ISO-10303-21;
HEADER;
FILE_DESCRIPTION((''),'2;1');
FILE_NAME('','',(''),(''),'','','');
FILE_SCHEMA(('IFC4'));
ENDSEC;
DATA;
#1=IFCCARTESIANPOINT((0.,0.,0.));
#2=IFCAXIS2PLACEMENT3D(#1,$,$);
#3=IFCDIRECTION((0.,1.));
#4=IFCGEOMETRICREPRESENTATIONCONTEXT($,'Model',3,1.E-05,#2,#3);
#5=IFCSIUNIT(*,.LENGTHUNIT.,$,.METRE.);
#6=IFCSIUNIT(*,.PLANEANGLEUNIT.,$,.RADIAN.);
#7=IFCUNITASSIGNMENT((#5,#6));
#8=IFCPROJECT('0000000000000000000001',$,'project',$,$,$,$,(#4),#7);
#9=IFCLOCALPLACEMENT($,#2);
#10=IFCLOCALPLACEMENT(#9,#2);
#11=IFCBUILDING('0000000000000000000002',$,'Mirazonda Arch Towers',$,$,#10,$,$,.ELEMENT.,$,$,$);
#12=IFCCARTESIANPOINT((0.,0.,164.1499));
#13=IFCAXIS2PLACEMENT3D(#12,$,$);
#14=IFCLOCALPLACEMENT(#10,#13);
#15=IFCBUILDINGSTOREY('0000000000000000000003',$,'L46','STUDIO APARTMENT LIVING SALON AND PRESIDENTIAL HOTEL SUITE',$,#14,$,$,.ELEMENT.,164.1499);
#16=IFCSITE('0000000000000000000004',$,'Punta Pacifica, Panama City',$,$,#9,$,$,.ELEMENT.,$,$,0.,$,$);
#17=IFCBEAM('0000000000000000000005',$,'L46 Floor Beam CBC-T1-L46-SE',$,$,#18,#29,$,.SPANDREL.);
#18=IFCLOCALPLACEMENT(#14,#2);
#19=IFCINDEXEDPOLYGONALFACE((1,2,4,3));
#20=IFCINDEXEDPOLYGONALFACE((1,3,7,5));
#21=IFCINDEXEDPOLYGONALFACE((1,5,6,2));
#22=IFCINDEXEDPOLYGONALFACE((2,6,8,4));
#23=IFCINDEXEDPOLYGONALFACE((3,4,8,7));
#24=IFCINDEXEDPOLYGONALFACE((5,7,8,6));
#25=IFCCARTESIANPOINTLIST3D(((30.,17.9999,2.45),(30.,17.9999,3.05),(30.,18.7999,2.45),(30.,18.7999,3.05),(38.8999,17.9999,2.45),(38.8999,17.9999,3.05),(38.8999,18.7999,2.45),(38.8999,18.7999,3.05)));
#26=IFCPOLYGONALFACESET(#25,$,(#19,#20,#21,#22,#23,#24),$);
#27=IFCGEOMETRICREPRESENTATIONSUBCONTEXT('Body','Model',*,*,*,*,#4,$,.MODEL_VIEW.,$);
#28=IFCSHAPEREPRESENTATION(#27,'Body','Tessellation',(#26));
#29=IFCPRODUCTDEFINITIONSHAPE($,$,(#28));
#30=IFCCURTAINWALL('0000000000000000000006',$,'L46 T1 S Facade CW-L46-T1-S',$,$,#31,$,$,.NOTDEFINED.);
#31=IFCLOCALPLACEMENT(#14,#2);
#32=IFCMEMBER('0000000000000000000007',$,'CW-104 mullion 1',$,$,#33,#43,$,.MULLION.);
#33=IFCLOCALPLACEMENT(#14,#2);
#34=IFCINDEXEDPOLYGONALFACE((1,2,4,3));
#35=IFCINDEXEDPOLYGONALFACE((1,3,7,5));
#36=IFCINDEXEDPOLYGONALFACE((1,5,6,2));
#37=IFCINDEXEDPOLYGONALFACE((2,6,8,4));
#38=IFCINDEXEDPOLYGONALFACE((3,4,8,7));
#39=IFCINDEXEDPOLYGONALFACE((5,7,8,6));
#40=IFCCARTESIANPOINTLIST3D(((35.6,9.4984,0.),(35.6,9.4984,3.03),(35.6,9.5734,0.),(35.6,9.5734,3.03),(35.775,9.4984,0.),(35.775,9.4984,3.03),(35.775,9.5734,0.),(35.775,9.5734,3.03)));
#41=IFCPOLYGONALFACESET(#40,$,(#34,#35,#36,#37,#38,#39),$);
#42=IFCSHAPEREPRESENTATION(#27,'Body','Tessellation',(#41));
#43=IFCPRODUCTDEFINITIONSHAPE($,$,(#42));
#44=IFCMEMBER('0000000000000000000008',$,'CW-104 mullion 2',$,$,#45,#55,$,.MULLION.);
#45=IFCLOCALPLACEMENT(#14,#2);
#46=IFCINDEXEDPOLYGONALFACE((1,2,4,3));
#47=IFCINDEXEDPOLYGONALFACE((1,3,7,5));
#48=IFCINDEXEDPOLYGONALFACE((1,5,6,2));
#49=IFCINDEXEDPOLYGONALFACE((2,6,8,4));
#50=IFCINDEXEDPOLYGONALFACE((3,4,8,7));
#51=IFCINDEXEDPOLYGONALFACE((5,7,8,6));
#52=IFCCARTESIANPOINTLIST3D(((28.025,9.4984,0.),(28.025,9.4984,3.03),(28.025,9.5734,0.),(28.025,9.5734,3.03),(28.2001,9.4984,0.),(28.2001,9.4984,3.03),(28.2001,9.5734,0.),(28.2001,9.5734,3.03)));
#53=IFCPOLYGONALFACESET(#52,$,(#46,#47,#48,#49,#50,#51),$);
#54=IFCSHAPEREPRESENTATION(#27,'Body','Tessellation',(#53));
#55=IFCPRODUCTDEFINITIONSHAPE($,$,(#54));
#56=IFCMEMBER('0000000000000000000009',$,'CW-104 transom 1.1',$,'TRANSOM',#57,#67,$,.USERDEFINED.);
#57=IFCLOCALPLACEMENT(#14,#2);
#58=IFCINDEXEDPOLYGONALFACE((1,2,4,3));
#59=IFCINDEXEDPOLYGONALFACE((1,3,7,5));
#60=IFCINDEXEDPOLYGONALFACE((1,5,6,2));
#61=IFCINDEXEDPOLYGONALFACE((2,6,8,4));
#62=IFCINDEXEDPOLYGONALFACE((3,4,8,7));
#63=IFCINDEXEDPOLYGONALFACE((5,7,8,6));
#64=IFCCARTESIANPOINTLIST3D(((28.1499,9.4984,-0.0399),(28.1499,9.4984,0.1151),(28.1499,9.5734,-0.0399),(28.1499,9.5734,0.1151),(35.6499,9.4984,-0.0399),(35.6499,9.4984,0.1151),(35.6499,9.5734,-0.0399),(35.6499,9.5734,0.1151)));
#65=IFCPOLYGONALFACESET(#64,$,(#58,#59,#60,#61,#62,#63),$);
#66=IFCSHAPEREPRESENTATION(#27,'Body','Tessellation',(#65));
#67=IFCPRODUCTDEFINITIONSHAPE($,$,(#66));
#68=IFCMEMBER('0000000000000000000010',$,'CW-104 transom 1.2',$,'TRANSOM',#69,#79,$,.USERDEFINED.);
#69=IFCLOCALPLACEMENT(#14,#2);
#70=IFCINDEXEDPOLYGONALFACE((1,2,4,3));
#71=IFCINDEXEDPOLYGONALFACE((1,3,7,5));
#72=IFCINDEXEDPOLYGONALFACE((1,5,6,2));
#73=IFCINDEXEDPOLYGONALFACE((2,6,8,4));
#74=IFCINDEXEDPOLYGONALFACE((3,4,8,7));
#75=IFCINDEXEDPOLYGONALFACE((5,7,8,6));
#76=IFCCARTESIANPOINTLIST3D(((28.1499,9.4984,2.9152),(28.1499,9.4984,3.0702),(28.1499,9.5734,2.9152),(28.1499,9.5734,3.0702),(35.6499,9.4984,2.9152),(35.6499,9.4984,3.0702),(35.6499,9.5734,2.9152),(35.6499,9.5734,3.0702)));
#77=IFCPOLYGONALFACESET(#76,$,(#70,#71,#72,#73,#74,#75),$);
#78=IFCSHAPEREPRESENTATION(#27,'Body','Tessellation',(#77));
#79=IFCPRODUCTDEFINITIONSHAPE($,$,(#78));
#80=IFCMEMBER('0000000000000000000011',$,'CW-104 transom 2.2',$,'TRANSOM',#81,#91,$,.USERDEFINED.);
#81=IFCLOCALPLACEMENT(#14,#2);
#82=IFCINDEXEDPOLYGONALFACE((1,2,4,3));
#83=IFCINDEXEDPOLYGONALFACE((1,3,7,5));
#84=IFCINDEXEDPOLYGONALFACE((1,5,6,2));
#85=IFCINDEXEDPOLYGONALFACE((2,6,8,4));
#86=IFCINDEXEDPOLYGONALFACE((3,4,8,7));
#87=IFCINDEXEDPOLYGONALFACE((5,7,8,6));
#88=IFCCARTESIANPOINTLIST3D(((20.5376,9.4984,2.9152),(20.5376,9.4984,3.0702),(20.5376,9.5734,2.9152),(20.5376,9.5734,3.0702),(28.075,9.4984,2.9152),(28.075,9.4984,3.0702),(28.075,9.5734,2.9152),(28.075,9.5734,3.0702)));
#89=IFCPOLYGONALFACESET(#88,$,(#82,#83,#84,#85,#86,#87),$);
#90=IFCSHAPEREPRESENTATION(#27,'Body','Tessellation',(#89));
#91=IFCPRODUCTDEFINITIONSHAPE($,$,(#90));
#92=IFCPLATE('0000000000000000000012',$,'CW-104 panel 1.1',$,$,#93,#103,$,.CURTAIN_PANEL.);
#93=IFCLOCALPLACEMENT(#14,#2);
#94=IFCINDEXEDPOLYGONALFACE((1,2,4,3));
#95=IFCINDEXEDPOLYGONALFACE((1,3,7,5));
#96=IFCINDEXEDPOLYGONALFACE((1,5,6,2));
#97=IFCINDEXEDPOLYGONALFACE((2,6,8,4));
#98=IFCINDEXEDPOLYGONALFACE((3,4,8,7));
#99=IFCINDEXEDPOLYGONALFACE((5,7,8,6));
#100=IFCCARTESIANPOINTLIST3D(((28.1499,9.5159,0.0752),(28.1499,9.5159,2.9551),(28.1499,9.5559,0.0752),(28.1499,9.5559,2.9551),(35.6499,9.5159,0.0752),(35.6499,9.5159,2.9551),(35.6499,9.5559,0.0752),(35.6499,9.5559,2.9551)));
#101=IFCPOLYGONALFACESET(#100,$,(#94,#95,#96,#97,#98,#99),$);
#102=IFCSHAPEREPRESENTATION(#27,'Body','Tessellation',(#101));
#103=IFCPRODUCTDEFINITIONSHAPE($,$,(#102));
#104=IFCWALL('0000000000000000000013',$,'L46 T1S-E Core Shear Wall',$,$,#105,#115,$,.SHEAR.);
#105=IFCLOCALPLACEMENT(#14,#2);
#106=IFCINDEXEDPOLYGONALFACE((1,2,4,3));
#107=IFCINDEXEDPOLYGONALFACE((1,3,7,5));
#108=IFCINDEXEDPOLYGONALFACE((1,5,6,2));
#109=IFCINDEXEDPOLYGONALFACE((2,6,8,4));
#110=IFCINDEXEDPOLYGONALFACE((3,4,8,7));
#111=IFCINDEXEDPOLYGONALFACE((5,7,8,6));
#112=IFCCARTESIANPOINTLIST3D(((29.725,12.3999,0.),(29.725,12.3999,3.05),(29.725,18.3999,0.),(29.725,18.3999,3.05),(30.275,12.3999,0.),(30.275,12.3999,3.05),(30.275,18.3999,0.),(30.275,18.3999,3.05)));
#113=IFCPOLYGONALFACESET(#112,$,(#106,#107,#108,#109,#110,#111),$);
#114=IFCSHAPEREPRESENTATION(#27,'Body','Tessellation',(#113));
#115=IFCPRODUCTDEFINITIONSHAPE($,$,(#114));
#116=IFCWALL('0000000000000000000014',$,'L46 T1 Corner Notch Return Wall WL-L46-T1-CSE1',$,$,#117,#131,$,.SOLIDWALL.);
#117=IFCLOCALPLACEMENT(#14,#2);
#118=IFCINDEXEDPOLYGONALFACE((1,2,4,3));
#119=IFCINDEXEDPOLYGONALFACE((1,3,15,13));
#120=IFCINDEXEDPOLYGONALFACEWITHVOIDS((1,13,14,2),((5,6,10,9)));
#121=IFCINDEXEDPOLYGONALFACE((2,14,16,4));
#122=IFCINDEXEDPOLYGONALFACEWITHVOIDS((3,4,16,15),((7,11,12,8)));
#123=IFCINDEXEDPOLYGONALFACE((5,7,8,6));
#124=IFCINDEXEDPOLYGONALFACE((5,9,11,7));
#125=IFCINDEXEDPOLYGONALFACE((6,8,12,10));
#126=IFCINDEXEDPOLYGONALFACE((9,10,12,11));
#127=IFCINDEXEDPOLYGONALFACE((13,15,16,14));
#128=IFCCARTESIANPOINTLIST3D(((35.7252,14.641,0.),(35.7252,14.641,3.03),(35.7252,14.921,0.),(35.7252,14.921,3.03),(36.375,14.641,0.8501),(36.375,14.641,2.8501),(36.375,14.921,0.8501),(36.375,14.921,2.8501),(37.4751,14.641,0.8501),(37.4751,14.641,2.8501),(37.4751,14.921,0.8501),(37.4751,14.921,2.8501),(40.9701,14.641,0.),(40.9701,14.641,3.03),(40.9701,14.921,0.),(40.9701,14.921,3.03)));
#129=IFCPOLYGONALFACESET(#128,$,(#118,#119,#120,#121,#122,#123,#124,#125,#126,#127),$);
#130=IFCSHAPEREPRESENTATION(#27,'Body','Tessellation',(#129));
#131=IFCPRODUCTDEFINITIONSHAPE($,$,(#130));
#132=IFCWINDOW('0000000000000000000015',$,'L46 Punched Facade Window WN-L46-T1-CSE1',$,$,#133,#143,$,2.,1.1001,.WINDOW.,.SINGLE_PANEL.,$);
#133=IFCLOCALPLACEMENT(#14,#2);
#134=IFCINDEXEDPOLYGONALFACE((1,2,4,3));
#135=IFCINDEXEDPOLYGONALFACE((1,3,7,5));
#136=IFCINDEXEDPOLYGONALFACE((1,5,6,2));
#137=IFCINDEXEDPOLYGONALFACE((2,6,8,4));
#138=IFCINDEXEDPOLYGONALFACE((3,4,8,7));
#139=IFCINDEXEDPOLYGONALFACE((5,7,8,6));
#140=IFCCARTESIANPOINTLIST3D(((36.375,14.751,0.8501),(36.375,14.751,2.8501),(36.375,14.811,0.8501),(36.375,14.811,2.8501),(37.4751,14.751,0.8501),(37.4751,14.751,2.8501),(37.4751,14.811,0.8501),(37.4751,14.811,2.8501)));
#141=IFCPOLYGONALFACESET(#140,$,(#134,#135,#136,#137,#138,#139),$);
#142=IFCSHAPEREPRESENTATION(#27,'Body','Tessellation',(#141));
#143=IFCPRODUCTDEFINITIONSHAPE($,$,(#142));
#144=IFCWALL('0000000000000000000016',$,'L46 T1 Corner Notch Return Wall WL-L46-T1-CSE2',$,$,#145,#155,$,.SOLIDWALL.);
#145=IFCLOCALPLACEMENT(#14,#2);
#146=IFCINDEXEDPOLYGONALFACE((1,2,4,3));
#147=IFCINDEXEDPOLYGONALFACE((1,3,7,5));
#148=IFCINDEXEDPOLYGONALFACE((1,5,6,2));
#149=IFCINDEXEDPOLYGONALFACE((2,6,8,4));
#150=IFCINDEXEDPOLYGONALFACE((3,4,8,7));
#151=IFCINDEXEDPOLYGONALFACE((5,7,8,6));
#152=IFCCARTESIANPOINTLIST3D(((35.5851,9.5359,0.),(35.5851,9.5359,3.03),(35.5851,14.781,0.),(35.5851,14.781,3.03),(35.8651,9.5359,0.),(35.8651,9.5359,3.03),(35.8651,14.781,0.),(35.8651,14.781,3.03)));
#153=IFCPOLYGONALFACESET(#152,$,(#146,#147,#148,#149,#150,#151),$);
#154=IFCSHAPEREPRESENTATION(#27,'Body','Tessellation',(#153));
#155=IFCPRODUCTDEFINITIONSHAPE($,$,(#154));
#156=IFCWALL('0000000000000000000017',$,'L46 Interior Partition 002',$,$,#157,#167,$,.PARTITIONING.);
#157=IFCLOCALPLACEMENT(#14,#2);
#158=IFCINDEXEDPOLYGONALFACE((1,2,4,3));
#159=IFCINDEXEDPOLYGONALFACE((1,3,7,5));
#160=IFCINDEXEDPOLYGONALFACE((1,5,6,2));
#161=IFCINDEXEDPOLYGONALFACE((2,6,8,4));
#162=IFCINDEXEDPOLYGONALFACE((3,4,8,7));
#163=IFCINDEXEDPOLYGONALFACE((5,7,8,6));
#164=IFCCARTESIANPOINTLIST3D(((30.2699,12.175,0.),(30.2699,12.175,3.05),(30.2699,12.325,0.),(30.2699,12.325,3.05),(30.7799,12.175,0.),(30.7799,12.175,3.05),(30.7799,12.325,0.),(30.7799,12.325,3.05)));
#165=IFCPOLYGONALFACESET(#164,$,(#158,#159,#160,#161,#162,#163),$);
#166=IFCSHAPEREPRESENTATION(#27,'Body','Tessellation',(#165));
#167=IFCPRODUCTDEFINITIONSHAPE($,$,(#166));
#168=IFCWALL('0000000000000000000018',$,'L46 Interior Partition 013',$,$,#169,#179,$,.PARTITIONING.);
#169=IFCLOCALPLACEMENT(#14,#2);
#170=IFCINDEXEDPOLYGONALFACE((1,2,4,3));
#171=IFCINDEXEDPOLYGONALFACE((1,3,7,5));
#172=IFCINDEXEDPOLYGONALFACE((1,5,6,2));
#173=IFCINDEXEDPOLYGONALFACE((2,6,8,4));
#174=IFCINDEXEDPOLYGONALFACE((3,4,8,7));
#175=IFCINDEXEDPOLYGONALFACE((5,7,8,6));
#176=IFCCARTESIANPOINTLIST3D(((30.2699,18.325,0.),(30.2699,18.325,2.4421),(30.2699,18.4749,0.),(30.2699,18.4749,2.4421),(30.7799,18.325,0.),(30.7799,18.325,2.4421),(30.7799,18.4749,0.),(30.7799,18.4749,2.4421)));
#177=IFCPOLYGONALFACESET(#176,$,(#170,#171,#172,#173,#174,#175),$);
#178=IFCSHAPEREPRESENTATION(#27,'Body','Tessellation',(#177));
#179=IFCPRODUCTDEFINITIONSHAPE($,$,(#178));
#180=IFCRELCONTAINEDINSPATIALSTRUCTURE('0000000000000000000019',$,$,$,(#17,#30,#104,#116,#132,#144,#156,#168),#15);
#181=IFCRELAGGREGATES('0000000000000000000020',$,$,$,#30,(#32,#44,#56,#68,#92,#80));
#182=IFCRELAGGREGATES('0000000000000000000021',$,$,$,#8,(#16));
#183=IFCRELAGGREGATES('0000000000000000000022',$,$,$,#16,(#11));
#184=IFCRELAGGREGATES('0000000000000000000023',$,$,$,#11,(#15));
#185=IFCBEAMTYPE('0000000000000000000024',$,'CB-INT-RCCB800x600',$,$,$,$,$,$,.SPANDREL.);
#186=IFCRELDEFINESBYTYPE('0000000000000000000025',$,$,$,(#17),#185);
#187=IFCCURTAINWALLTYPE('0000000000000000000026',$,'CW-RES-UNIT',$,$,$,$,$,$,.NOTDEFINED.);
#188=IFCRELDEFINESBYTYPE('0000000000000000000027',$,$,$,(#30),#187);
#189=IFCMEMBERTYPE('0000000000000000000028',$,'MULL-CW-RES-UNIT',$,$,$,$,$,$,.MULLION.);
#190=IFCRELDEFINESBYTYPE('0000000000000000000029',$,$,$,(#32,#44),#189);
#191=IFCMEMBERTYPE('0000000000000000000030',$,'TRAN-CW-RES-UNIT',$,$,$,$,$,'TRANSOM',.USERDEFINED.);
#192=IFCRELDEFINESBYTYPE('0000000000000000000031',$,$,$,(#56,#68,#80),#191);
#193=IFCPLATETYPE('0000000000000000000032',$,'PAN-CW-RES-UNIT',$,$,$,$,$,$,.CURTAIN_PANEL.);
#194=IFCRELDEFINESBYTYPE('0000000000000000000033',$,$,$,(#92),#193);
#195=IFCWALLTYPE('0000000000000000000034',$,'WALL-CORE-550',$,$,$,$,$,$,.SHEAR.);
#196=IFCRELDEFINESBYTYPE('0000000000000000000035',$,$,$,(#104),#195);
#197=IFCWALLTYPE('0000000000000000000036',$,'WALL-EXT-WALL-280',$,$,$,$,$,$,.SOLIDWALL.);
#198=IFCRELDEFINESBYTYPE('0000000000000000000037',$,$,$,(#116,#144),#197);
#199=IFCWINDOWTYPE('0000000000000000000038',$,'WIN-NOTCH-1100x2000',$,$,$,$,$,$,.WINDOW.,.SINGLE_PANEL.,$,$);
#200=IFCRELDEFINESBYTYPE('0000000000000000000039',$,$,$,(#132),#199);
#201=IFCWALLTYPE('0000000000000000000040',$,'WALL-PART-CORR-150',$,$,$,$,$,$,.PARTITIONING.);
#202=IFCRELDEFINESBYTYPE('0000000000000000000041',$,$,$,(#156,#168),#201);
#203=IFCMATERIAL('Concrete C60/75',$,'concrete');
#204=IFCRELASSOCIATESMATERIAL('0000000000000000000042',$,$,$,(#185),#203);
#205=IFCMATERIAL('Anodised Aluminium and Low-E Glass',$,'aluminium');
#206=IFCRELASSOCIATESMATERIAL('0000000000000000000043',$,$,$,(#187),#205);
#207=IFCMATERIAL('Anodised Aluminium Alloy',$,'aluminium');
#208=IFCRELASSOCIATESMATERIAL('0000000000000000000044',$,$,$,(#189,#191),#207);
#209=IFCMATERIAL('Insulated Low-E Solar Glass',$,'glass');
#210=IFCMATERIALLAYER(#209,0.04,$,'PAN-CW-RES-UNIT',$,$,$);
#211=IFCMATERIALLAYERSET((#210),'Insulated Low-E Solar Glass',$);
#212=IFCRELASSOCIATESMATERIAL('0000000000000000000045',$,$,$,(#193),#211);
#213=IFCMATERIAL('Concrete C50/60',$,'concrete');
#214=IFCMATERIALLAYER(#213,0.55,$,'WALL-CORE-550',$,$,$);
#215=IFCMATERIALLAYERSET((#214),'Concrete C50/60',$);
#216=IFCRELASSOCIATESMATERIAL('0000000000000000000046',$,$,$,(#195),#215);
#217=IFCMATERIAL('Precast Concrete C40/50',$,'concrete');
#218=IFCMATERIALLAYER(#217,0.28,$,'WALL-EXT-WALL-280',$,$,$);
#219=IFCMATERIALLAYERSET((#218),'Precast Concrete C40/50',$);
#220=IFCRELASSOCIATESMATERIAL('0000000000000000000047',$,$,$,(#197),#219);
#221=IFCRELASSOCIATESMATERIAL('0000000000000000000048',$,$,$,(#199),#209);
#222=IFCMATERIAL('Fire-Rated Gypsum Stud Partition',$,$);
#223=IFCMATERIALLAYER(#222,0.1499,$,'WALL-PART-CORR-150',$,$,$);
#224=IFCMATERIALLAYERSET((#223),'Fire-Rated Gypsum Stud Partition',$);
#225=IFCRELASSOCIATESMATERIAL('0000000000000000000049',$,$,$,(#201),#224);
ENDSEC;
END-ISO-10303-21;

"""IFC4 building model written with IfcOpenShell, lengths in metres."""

from ifc_helpers import new_model, si_unit, direction, frame, frame_2d, origin, origin_2d, place, context, subcontext, project, spatial, rectangle, extrude, material, layer, layer_set, material_profile, profile_set, type_object, element, fill, aggregate, save


model = new_model("IFC4")

# Units and contexts
model_context = context("Model", 3, precision=1e-05, world=origin(), true_north=direction((0.0, 1.0)))
body_context = subcontext(model_context, "Body", "Model", "MODEL_VIEW")
ifc_project = project(units=[si_unit("LENGTHUNIT", "METRE"), si_unit("PLANEANGLEUNIT", "RADIAN")], contexts=[model_context])

# Site, building, storey
site_placement = place(None, origin())
site = spatial("IfcSite", under=ifc_project, at=site_placement, Name="Punta Pacifica, Panama City", CompositionType="ELEMENT", RefElevation=0.0)
building_placement = place(site_placement, origin())
building = spatial("IfcBuilding", under=site, at=building_placement, Name="Mirazonda Arch Towers", CompositionType="ELEMENT")
storey_placement = place(building_placement, frame((0.0, 0.0, 164.1499)))
storey = spatial("IfcBuildingStorey", under=building, at=storey_placement, Name="L46", Description="STUDIO APARTMENT LIVING SALON AND PRESIDENTIAL HOTEL SUITE", CompositionType="ELEMENT", Elevation=164.1499)

# Shared definitions
ifc_material_1 = material(Name="Concrete C50/60", Category="concrete")

# Beam
ifc_material_2 = material(Name="Concrete C60/75", Category="concrete")
ifc_material_profile_1 = material_profile(ifc_material_2, rectangle(XDim=0.8, YDim=0.6001, at=origin_2d()), Name="RCCB800x600")
ifc_profile_set_1 = profile_set([ifc_material_profile_1], Name="Concrete C60/75")
beam_type_1 = type_object("IfcBeamType", Name="CB-INT-RCCB800x600", PredefinedType="SPANDREL", material=ifc_profile_set_1)
beam_1_placement = place(storey_placement, frame((30.0, 18.3999, 2.75), z_axis=(1.0, 0.0, 0.0), x_axis=(0.0, 1.0, 0.0)))
element("IfcBeam", 1, at=beam_1_placement, inside=storey, type_object=beam_type_1, Name="L46 Floor Beam CBC-T1-L46-SE", PredefinedType="SPANDREL", context=body_context, shape_type="SweptSolid", body=[
    extrude(rectangle(XDim=0.8, YDim=0.6001, at=origin_2d()), origin(), (0.0, 0.0, 1.0), 8.8999),
])

# Curtain wall, members, plate
ifc_material_3 = material(Name="Anodised Aluminium and Low-E Glass", Category="aluminium")
curtain_wall_type = type_object("IfcCurtainWallType", Name="CW-RES-UNIT", PredefinedType="NOTDEFINED", material=ifc_material_3)
curtain_wall_placement = place(storey_placement, origin())
curtain_wall = element("IfcCurtainWall", 2, at=curtain_wall_placement, inside=storey, type_object=curtain_wall_type, Name="L46 T1 S Facade CW-L46-T1-S", PredefinedType="NOTDEFINED")
ifc_material_4 = material(Name="Anodised Aluminium Alloy", Category="aluminium")
ifc_material_profile_2 = material_profile(ifc_material_4, rectangle(XDim=0.075, YDim=0.175, at=origin_2d()), Name="ALU-MULL-75x175")
ifc_profile_set_2 = profile_set([ifc_material_profile_2], Name="Anodised Aluminium Alloy")
member_type_1 = type_object("IfcMemberType", Name="MULL-CW-RES-UNIT", PredefinedType="MULLION", material=ifc_profile_set_2)
member_1_placement = place(storey_placement, frame((35.6875, 9.5359, 0.0), z_axis=(0.0, 0.0, 1.0), x_axis=(0.0, -1.0, 0.0)))
member_1 = element("IfcMember", 3, at=member_1_placement, type_object=member_type_1, Name="CW-104 mullion 1", PredefinedType="MULLION", context=body_context, shape_type="SweptSolid", body=[
    extrude(rectangle(XDim=0.075, YDim=0.175, at=origin_2d()), origin(), (0.0, 0.0, 1.0), 3.03),
])
member_2_placement = place(storey_placement, frame((28.1125, 9.5359, 0.0), z_axis=(0.0, 0.0, 1.0), x_axis=(0.0, -1.0, 0.0)))
member_2 = element("IfcMember", 4, at=member_2_placement, type_object=member_type_1, Name="CW-104 mullion 2", PredefinedType="MULLION", context=body_context, shape_type="SweptSolid", body=[
    extrude(rectangle(XDim=0.075, YDim=0.175, at=origin_2d()), origin(), (0.0, 0.0, 1.0), 3.03),
])
ifc_material_profile_3 = material_profile(ifc_material_4, rectangle(XDim=0.075, YDim=0.155, at=origin_2d()), Name="ALU-TRAN-75x155")
ifc_profile_set_3 = profile_set([ifc_material_profile_3], Name="Anodised Aluminium Alloy")
member_type_2 = type_object("IfcMemberType", Name="TRAN-CW-RES-UNIT", ElementType="TRANSOM", PredefinedType="USERDEFINED", material=ifc_profile_set_3)
member_3_placement = place(storey_placement, frame((35.6499, 9.5359, 0.0376), z_axis=(-1.0, 0.0, 0.0), x_axis=(0.0, -1.0, 0.0)))
member_3 = element("IfcMember", 5, at=member_3_placement, type_object=member_type_2, Name="CW-104 transom 1.1", ObjectType="TRANSOM", PredefinedType="USERDEFINED", context=body_context, shape_type="SweptSolid", body=[
    extrude(rectangle(XDim=0.075, YDim=0.155, at=origin_2d()), origin(), (0.0, 0.0, 1.0), 7.5),
])
member_4_placement = place(storey_placement, frame((35.6499, 9.5359, 2.9927), z_axis=(-1.0, 0.0, 0.0), x_axis=(0.0, -1.0, 0.0)))
member_4 = element("IfcMember", 6, at=member_4_placement, type_object=member_type_2, Name="CW-104 transom 1.2", ObjectType="TRANSOM", PredefinedType="USERDEFINED", context=body_context, shape_type="SweptSolid", body=[
    extrude(rectangle(XDim=0.075, YDim=0.155, at=origin_2d()), origin(), (0.0, 0.0, 1.0), 7.5),
])
member_5_placement = place(storey_placement, frame((28.075, 9.5359, 2.9927), z_axis=(-1.0, 0.0, 0.0), x_axis=(0.0, -1.0, 0.0)))
member_5 = element("IfcMember", 7, at=member_5_placement, type_object=member_type_2, Name="CW-104 transom 2.2", ObjectType="TRANSOM", PredefinedType="USERDEFINED", context=body_context, shape_type="SweptSolid", body=[
    extrude(rectangle(XDim=0.075, YDim=0.155, at=origin_2d()), origin(), (0.0, 0.0, 1.0), 7.5374),
])
ifc_material_5 = material(Name="Insulated Low-E Solar Glass", Category="glass")
ifc_layer_1 = layer(ifc_material_5, 0.04, Name="PAN-CW-RES-UNIT")
ifc_layer_set_1 = layer_set([ifc_layer_1], Name="Insulated Low-E Solar Glass")
plate_type = type_object("IfcPlateType", Name="PAN-CW-RES-UNIT", PredefinedType="CURTAIN_PANEL", material=ifc_layer_set_1)
plate_placement = place(storey_placement, frame((31.8999, 9.5359, 0.0752), z_axis=(0.0, 0.0, 1.0), x_axis=(-1.0, 0.0, 0.0)))
plate = element("IfcPlate", 8, at=plate_placement, type_object=plate_type, Name="CW-104 panel 1.1", PredefinedType="CURTAIN_PANEL", context=body_context, shape_type="SweptSolid", body=[
    extrude(rectangle(XDim=7.5, YDim=0.04, at=origin_2d()), origin(), (0.0, 0.0, 1.0), 2.8799),
])
aggregate(curtain_wall, [member_1, member_2, member_3, member_4, plate, member_5])

# Wall
ifc_layer_2 = layer(ifc_material_1, 0.55, Name="WALL-CORE-550")
ifc_layer_set_2 = layer_set([ifc_layer_2], Name="Concrete C50/60")
wall_type_1 = type_object("IfcWallType", Name="WALL-CORE-550", PredefinedType="SHEAR", material=ifc_layer_set_2)
wall_1_placement = place(storey_placement, frame((30.0, 12.3999, 0.0), z_axis=(0.0, 0.0, 1.0), x_axis=(0.0, 1.0, 0.0)))
element("IfcWall", 9, at=wall_1_placement, inside=storey, type_object=wall_type_1, Name="L46 T1S-E Core Shear Wall", PredefinedType="SHEAR", context=body_context, shape_type="SweptSolid", body=[
    extrude(rectangle(XDim=6.0, YDim=0.55, at=frame_2d((3.0, 0.0))), origin(), (0.0, 0.0, 1.0), 3.05),
])

# Wall, opening, window
ifc_material_6 = material(Name="Precast Concrete C40/50", Category="concrete")
ifc_layer_3 = layer(ifc_material_6, 0.28, Name="WALL-EXT-WALL-280")
ifc_layer_set_3 = layer_set([ifc_layer_3], Name="Precast Concrete C40/50")
wall_type_2 = type_object("IfcWallType", Name="WALL-EXT-WALL-280", PredefinedType="SOLIDWALL", material=ifc_layer_set_3)
wall_2_placement = place(storey_placement, frame((35.7251, 14.781, 0.0), z_axis=(0.0, 0.0, 1.0), x_axis=(1.0, 0.0, 0.0)))
wall_2 = element("IfcWall", 10, at=wall_2_placement, inside=storey, type_object=wall_type_2, Name="L46 T1 Corner Notch Return Wall WL-L46-T1-CSE1", PredefinedType="SOLIDWALL", context=body_context, shape_type="SweptSolid", body=[
    extrude(rectangle(XDim=5.2449, YDim=0.28, at=frame_2d((2.6226, 0.0))), origin(), (0.0, 0.0, 1.0), 3.03),
])
opening_1_placement = place(wall_2_placement, frame((0.6499, 0.0, 0.8501)))
opening_1 = element("IfcOpeningElement", 11, at=opening_1_placement, cuts=wall_2, PredefinedType="OPENING", context=body_context, shape_type="SweptSolid", body=[
    extrude(rectangle(XDim=1.1001, YDim=2.0, at=frame_2d((0.55, 1.0))), frame((0.0, 0.1499, 0.0), z_axis=(0.0, -1.0, 0.0), x_axis=(1.0, 0.0, 0.0)), (0.0, 0.0, 1.0), 0.3),
])
window_type = type_object("IfcWindowType", Name="WIN-NOTCH-1100x2000", PartitioningType="SINGLE_PANEL", PredefinedType="WINDOW", material=ifc_material_5)
window_placement = place(opening_1_placement, origin())
window = element("IfcWindow", 12, at=window_placement, inside=storey, type_object=window_type, Name="L46 Punched Facade Window WN-L46-T1-CSE1", OverallHeight=2.0, OverallWidth=1.1001, PartitioningType="SINGLE_PANEL", PredefinedType="WINDOW", context=body_context, shape_type="SweptSolid", body=[
    extrude(rectangle(XDim=1.1001, YDim=2.0, at=frame_2d((0.55, 1.0))), frame((0.0, 0.03, 0.0), z_axis=(0.0, -1.0, 0.0), x_axis=(1.0, 0.0, 0.0)), (0.0, 0.0, 1.0), 0.0601),
])
fill(opening_1, window)

# Walls
wall_3_placement = place(storey_placement, frame((35.7251, 9.5359, 0.0), z_axis=(0.0, 0.0, 1.0), x_axis=(0.0, 1.0, 0.0)))
element("IfcWall", 13, at=wall_3_placement, inside=storey, type_object=wall_type_2, Name="L46 T1 Corner Notch Return Wall WL-L46-T1-CSE2", PredefinedType="SOLIDWALL", context=body_context, shape_type="SweptSolid", body=[
    extrude(rectangle(XDim=5.2451, YDim=0.28, at=frame_2d((2.6226, 0.0))), origin(), (0.0, 0.0, 1.0), 3.03),
])
ifc_material_7 = material(Name="Fire-Rated Gypsum Stud Partition")
ifc_layer_4 = layer(ifc_material_7, 0.1499, Name="WALL-PART-CORR-150")
ifc_layer_set_4 = layer_set([ifc_layer_4], Name="Fire-Rated Gypsum Stud Partition")
wall_type_3 = type_object("IfcWallType", Name="WALL-PART-CORR-150", PredefinedType="PARTITIONING", material=ifc_layer_set_4)
wall_4_placement = place(storey_placement, frame((30.27, 12.25, 0.0), z_axis=(0.0, 0.0, 1.0), x_axis=(1.0, 0.0, 0.0)))
element("IfcWall", 14, at=wall_4_placement, inside=storey, type_object=wall_type_3, Name="L46 Interior Partition 002", PredefinedType="PARTITIONING", context=body_context, shape_type="SweptSolid", body=[
    extrude(rectangle(XDim=0.51, YDim=0.1499, at=frame_2d((0.2549, 0.0))), origin(), (0.0, 0.0, 1.0), 3.05),
])
wall_5_placement = place(storey_placement, frame((30.27, 18.3999, 0.0), z_axis=(0.0, 0.0, 1.0), x_axis=(1.0, 0.0, 0.0)))
element("IfcWall", 15, at=wall_5_placement, inside=storey, type_object=wall_type_3, Name="L46 Interior Partition 013", PredefinedType="PARTITIONING", context=body_context, shape_type="SweptSolid", body=[
    extrude(rectangle(XDim=0.51, YDim=0.1499, at=frame_2d((0.2549, 0.0))), origin(), (0.0, 0.0, 1.0), 2.4421),
])

save(model, "model.ifc")
